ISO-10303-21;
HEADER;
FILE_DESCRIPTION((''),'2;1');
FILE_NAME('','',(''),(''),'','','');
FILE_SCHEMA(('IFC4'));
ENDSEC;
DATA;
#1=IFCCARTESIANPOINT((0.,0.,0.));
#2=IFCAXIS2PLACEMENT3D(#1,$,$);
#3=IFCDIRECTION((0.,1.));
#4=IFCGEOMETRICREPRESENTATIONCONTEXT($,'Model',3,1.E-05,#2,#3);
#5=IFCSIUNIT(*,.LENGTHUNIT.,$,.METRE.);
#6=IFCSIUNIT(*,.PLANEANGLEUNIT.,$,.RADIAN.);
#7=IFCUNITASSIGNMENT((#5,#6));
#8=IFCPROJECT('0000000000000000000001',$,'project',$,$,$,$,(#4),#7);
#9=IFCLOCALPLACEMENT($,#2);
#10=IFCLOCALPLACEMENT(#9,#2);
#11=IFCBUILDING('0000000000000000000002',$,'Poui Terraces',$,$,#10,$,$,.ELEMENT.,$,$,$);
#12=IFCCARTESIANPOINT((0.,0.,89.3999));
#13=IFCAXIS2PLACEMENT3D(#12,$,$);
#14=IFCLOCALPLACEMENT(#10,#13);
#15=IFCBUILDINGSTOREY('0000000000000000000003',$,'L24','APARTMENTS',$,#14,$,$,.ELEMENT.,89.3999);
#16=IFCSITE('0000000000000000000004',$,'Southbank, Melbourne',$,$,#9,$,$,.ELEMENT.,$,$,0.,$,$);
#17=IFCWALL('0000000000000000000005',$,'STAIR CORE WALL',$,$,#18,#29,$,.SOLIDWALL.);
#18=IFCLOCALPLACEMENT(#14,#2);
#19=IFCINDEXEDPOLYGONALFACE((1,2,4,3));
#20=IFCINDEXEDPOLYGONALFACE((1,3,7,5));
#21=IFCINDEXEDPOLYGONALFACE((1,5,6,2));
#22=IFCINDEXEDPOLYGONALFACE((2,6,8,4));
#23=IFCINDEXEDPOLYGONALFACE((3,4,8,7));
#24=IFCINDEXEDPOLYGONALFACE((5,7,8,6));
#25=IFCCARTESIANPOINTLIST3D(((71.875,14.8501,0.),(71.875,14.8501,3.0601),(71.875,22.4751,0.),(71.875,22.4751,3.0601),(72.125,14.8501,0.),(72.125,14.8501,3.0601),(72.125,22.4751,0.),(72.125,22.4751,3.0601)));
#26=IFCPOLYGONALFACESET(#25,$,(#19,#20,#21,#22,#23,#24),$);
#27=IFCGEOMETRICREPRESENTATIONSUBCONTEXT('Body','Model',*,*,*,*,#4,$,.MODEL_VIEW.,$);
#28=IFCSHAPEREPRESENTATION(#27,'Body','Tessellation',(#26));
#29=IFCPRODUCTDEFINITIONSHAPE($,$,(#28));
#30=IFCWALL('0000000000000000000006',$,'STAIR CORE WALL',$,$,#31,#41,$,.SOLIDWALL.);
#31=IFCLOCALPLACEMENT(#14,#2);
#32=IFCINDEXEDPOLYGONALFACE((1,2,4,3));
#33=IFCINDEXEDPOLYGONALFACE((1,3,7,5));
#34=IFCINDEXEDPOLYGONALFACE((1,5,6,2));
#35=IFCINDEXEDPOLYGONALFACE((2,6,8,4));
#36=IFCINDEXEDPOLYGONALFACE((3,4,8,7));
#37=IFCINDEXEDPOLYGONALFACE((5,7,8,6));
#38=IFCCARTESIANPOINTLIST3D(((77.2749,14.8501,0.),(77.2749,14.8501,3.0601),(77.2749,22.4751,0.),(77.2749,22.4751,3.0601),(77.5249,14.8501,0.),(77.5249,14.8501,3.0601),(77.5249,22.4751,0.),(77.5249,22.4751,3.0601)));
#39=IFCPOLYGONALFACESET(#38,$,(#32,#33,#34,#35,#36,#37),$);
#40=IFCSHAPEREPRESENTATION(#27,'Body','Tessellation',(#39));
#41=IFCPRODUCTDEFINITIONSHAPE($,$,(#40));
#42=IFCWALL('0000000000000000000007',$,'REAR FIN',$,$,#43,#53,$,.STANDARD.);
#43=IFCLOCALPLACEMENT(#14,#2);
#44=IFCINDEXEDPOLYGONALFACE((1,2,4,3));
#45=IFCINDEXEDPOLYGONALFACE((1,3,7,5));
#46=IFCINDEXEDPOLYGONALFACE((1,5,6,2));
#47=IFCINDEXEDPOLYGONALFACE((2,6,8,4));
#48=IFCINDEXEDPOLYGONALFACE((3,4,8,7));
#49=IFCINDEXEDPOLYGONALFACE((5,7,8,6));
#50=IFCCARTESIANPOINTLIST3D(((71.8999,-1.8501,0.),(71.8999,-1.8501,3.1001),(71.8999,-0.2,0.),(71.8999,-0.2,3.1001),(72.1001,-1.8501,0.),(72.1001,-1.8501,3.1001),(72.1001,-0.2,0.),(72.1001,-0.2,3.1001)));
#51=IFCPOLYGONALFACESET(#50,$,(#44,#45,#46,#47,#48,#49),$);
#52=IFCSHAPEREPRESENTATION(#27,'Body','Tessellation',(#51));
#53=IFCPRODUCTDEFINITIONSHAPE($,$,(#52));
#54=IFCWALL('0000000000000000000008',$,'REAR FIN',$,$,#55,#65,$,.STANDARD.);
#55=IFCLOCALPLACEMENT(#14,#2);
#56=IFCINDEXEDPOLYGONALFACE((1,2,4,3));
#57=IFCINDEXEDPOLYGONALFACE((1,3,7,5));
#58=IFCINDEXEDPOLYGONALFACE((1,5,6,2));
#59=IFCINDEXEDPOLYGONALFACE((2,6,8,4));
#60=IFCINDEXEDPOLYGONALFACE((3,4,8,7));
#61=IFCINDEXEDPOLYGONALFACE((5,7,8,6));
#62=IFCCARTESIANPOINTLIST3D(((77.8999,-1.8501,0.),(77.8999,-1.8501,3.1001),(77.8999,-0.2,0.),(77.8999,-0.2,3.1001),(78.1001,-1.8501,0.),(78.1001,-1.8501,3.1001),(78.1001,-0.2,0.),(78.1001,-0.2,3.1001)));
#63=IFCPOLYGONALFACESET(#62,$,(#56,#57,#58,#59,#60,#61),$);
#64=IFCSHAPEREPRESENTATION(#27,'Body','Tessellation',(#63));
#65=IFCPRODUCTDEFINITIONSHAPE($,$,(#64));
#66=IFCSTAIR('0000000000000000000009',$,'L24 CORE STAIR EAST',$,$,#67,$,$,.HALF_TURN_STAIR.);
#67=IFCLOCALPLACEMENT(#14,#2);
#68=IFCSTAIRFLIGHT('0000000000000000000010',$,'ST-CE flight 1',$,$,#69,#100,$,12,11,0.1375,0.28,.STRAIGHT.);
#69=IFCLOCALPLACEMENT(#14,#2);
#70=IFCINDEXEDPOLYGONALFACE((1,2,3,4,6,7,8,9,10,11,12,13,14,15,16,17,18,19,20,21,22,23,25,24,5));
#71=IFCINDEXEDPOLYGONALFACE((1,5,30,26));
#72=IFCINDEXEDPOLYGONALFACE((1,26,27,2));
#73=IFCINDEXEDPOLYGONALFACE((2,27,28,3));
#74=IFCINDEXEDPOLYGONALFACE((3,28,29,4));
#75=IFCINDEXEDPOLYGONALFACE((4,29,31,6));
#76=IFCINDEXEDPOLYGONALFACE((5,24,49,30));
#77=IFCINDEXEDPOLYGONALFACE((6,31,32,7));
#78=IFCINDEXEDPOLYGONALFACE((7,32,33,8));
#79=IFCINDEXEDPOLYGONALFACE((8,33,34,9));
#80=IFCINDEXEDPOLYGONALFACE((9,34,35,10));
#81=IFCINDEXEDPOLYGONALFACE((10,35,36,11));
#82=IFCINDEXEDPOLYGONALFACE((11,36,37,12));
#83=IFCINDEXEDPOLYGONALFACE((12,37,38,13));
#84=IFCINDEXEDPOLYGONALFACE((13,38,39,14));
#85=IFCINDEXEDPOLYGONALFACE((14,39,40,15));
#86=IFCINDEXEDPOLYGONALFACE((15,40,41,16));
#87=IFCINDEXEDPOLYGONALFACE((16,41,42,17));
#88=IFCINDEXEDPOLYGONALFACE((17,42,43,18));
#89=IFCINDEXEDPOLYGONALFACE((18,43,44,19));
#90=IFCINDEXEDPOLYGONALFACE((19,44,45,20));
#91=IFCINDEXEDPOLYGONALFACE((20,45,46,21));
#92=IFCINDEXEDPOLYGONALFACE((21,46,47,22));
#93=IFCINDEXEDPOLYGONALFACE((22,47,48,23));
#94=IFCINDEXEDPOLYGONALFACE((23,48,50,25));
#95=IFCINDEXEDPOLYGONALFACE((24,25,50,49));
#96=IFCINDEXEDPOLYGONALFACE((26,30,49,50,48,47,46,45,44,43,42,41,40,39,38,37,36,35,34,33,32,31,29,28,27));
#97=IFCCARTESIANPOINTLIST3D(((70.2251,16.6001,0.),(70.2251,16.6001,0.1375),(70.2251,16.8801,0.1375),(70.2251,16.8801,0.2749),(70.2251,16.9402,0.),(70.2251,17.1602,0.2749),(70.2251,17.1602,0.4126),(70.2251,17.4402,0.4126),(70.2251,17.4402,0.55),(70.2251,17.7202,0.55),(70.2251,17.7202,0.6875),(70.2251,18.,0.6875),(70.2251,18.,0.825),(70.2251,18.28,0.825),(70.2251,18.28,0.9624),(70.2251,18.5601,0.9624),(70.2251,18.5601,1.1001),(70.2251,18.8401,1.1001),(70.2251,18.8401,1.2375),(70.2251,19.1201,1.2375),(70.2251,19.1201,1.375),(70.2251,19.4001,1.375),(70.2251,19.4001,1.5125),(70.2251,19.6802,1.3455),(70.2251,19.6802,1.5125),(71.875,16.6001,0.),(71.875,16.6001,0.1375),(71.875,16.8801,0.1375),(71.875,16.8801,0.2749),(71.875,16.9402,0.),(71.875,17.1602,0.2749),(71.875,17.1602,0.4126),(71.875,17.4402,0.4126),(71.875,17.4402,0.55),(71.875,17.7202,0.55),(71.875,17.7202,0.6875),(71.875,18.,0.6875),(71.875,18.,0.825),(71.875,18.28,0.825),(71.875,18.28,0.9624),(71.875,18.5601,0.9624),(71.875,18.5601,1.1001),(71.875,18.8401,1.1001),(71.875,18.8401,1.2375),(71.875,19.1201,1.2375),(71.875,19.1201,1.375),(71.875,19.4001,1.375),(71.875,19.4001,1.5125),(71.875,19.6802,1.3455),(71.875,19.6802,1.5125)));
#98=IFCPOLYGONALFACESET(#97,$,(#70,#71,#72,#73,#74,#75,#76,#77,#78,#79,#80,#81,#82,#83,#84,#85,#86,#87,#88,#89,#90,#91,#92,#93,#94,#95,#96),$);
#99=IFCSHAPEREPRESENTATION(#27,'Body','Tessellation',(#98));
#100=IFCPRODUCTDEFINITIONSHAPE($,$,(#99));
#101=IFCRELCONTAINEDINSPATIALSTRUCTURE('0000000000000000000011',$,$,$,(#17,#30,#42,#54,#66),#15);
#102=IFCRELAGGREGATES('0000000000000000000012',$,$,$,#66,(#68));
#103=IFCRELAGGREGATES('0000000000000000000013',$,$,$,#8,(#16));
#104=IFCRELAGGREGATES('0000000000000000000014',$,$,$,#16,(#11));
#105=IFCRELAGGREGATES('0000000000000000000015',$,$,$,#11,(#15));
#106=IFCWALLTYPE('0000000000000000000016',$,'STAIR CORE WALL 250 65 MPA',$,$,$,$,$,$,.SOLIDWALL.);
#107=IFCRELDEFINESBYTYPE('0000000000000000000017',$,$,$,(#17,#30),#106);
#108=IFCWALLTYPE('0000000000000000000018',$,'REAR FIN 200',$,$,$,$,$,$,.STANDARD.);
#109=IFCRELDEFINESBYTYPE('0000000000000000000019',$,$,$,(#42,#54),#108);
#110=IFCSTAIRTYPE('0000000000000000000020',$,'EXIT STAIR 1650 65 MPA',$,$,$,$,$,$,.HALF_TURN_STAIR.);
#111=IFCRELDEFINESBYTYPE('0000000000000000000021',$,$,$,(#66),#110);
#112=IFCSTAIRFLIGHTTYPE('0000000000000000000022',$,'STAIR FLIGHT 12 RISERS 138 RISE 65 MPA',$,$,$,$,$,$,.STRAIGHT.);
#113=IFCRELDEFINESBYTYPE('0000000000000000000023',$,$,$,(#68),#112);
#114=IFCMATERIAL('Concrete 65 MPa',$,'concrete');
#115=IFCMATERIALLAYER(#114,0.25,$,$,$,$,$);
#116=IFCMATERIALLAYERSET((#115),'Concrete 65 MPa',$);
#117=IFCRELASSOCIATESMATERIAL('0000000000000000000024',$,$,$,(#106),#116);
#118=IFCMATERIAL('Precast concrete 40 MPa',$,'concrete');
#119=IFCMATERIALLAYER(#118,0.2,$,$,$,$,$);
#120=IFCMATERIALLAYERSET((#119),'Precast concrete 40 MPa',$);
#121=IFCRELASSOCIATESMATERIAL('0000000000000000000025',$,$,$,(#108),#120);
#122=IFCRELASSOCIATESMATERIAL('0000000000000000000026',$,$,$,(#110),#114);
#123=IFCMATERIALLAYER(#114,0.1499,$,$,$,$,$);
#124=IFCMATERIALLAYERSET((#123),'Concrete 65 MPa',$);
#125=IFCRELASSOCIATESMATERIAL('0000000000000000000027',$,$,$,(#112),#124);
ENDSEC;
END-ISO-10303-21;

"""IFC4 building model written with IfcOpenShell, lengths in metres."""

from ifc_helpers import new_model, si_unit, direction, frame, frame_2d, origin, place, context, subcontext, project, spatial, polyline, rectangle, outline, extrude, source, transform, mapped, material, layer, layer_set, type_object, element, aggregate, save


model = new_model("IFC4")

# Units and contexts
model_context = context("Model", 3, precision=1e-05, world=origin(), true_north=direction((0.0, 1.0)))
body_context = subcontext(model_context, "Body", "Model", "MODEL_VIEW")
ifc_project = project(units=[si_unit("LENGTHUNIT", "METRE"), si_unit("PLANEANGLEUNIT", "RADIAN")], contexts=[model_context])

# Site, building, storey
site_placement = place(None, origin())
site = spatial("IfcSite", under=ifc_project, at=site_placement, Name="Southbank, Melbourne", CompositionType="ELEMENT", RefElevation=0.0)
building_placement = place(site_placement, origin())
building = spatial("IfcBuilding", under=site, at=building_placement, Name="Poui Terraces", CompositionType="ELEMENT")
storey_placement = place(building_placement, frame((0.0, 0.0, 89.3999)))
storey = spatial("IfcBuildingStorey", under=building, at=storey_placement, Name="L24", Description="APARTMENTS", CompositionType="ELEMENT", Elevation=89.3999)

# Shared definitions
ifc_material_1 = material(Name="Concrete 65 MPa", Category="concrete")

# Shared definitions
ifc_material_2 = material(Name="Precast concrete 40 MPa", Category="concrete")

# Walls
ifc_layer_1 = layer(ifc_material_1, 0.25)
ifc_layer_set_1 = layer_set([ifc_layer_1], Name="Concrete 65 MPa")
wall_type_1 = type_object("IfcWallType", Name="STAIR CORE WALL 250 65 MPA", PredefinedType="SOLIDWALL", material=ifc_layer_set_1)
for number, where, z_axis, x_axis, name in (
    (1, (72.0, 14.8501, 0.0), (0.0, 0.0, 1.0), (0.0, 1.0, 0.0), "STAIR CORE WALL"),
    (2, (77.3999, 14.8501, 0.0), (0.0, 0.0, 1.0), (0.0, 1.0, 0.0), "STAIR CORE WALL"),
):
    element("IfcWall", number, at=place(storey_placement, frame(where, z_axis=z_axis, x_axis=x_axis)), inside=storey, type_object=wall_type_1, Name=name, PredefinedType="SOLIDWALL", context=body_context, shape_type="SweptSolid", body=[
        extrude(rectangle(XDim=7.625, YDim=0.25, at=frame_2d((3.8125, 0.0))), origin(), (0.0, 0.0, 1.0), 3.0601),
    ])
ifc_layer_2 = layer(ifc_material_2, 0.2)
ifc_layer_set_2 = layer_set([ifc_layer_2], Name="Precast concrete 40 MPa")
wall_type_2 = type_object("IfcWallType", Name="REAR FIN 200", PredefinedType="STANDARD", material=ifc_layer_set_2)
shared_shape_1 = source(origin(), body_context, "Body", "SweptSolid", [
    extrude(outline(polyline([(0.0, 0.0), (0.2002, 0.0), (0.2002, 1.6501), (0.0, 1.6501), (0.0, 0.0)])), origin(), (0.0, 0.0, 1.0), 3.1001),
])
for number, where, name in (
    (3, (71.8999, -1.8501, 0.0), "REAR FIN"),
    (4, (77.8999, -1.8501, 0.0), "REAR FIN"),
):
    element("IfcWall", number, at=place(storey_placement, frame(where)), inside=storey, type_object=wall_type_2, Name=name, PredefinedType="STANDARD", context=body_context, shape_type="MappedRepresentation", body=[
        mapped(shared_shape_1, transform((0.0, 0.0, 0.0))),
    ])

# Stair, stair flight
stair_type = type_object("IfcStairType", Name="EXIT STAIR 1650 65 MPA", PredefinedType="HALF_TURN_STAIR", material=ifc_material_1)
stair_placement = place(storey_placement, origin())
stair = element("IfcStair", 5, at=stair_placement, inside=storey, type_object=stair_type, Name="L24 CORE STAIR EAST", PredefinedType="HALF_TURN_STAIR")
ifc_layer_3 = layer(ifc_material_1, 0.1499)
ifc_layer_set_3 = layer_set([ifc_layer_3], Name="Concrete 65 MPa")
stair_flight_type = type_object("IfcStairFlightType", Name="STAIR FLIGHT 12 RISERS 138 RISE 65 MPA", PredefinedType="STRAIGHT", material=ifc_layer_set_3)
stair_flight_placement = place(storey_placement, frame((71.05, 16.6001, 0.0), z_axis=(0.0, 0.0, 1.0), x_axis=(0.0, 1.0, 0.0)))
stair_flight = element("IfcStairFlight", 6, at=stair_flight_placement, type_object=stair_flight_type, Name="ST-CE flight 1", NumberOfRisers=12, NumberOfTreads=11, PredefinedType="STRAIGHT", RiserHeight=0.1375, TreadLength=0.28, context=body_context, shape_type="SweptSolid", body=[
    extrude(outline(polyline([(0.0, 0.0), (0.0, 0.1375), (0.28, 0.1375), (0.28, 0.2749), (0.5601, 0.2749), (0.5601, 0.4126), (0.8401, 0.4126), (0.8401, 0.55), (1.1201, 0.55), (1.1201, 0.6875), (1.3999, 0.6875), (1.3999, 0.825), (1.6799, 0.825), (1.6799, 0.9624), (1.96, 0.9624), (1.96, 1.1001), (2.24, 1.1001), (2.24, 1.2375), (2.52, 1.2375), (2.52, 1.375), (2.8, 1.375), (2.8, 1.5125), (3.0801, 1.5125), (3.0801, 1.6499), (3.0801, 1.3455), (0.3401, 0.0), (0.0, 0.0)])), frame((0.0, 0.825, 0.0), z_axis=(0.0, -1.0, 0.0), x_axis=(1.0, 0.0, 0.0)), (0.0, 0.0, 1.0), 1.6499),
])
aggregate(stair, [stair_flight])

save(model, "model.ifc")
